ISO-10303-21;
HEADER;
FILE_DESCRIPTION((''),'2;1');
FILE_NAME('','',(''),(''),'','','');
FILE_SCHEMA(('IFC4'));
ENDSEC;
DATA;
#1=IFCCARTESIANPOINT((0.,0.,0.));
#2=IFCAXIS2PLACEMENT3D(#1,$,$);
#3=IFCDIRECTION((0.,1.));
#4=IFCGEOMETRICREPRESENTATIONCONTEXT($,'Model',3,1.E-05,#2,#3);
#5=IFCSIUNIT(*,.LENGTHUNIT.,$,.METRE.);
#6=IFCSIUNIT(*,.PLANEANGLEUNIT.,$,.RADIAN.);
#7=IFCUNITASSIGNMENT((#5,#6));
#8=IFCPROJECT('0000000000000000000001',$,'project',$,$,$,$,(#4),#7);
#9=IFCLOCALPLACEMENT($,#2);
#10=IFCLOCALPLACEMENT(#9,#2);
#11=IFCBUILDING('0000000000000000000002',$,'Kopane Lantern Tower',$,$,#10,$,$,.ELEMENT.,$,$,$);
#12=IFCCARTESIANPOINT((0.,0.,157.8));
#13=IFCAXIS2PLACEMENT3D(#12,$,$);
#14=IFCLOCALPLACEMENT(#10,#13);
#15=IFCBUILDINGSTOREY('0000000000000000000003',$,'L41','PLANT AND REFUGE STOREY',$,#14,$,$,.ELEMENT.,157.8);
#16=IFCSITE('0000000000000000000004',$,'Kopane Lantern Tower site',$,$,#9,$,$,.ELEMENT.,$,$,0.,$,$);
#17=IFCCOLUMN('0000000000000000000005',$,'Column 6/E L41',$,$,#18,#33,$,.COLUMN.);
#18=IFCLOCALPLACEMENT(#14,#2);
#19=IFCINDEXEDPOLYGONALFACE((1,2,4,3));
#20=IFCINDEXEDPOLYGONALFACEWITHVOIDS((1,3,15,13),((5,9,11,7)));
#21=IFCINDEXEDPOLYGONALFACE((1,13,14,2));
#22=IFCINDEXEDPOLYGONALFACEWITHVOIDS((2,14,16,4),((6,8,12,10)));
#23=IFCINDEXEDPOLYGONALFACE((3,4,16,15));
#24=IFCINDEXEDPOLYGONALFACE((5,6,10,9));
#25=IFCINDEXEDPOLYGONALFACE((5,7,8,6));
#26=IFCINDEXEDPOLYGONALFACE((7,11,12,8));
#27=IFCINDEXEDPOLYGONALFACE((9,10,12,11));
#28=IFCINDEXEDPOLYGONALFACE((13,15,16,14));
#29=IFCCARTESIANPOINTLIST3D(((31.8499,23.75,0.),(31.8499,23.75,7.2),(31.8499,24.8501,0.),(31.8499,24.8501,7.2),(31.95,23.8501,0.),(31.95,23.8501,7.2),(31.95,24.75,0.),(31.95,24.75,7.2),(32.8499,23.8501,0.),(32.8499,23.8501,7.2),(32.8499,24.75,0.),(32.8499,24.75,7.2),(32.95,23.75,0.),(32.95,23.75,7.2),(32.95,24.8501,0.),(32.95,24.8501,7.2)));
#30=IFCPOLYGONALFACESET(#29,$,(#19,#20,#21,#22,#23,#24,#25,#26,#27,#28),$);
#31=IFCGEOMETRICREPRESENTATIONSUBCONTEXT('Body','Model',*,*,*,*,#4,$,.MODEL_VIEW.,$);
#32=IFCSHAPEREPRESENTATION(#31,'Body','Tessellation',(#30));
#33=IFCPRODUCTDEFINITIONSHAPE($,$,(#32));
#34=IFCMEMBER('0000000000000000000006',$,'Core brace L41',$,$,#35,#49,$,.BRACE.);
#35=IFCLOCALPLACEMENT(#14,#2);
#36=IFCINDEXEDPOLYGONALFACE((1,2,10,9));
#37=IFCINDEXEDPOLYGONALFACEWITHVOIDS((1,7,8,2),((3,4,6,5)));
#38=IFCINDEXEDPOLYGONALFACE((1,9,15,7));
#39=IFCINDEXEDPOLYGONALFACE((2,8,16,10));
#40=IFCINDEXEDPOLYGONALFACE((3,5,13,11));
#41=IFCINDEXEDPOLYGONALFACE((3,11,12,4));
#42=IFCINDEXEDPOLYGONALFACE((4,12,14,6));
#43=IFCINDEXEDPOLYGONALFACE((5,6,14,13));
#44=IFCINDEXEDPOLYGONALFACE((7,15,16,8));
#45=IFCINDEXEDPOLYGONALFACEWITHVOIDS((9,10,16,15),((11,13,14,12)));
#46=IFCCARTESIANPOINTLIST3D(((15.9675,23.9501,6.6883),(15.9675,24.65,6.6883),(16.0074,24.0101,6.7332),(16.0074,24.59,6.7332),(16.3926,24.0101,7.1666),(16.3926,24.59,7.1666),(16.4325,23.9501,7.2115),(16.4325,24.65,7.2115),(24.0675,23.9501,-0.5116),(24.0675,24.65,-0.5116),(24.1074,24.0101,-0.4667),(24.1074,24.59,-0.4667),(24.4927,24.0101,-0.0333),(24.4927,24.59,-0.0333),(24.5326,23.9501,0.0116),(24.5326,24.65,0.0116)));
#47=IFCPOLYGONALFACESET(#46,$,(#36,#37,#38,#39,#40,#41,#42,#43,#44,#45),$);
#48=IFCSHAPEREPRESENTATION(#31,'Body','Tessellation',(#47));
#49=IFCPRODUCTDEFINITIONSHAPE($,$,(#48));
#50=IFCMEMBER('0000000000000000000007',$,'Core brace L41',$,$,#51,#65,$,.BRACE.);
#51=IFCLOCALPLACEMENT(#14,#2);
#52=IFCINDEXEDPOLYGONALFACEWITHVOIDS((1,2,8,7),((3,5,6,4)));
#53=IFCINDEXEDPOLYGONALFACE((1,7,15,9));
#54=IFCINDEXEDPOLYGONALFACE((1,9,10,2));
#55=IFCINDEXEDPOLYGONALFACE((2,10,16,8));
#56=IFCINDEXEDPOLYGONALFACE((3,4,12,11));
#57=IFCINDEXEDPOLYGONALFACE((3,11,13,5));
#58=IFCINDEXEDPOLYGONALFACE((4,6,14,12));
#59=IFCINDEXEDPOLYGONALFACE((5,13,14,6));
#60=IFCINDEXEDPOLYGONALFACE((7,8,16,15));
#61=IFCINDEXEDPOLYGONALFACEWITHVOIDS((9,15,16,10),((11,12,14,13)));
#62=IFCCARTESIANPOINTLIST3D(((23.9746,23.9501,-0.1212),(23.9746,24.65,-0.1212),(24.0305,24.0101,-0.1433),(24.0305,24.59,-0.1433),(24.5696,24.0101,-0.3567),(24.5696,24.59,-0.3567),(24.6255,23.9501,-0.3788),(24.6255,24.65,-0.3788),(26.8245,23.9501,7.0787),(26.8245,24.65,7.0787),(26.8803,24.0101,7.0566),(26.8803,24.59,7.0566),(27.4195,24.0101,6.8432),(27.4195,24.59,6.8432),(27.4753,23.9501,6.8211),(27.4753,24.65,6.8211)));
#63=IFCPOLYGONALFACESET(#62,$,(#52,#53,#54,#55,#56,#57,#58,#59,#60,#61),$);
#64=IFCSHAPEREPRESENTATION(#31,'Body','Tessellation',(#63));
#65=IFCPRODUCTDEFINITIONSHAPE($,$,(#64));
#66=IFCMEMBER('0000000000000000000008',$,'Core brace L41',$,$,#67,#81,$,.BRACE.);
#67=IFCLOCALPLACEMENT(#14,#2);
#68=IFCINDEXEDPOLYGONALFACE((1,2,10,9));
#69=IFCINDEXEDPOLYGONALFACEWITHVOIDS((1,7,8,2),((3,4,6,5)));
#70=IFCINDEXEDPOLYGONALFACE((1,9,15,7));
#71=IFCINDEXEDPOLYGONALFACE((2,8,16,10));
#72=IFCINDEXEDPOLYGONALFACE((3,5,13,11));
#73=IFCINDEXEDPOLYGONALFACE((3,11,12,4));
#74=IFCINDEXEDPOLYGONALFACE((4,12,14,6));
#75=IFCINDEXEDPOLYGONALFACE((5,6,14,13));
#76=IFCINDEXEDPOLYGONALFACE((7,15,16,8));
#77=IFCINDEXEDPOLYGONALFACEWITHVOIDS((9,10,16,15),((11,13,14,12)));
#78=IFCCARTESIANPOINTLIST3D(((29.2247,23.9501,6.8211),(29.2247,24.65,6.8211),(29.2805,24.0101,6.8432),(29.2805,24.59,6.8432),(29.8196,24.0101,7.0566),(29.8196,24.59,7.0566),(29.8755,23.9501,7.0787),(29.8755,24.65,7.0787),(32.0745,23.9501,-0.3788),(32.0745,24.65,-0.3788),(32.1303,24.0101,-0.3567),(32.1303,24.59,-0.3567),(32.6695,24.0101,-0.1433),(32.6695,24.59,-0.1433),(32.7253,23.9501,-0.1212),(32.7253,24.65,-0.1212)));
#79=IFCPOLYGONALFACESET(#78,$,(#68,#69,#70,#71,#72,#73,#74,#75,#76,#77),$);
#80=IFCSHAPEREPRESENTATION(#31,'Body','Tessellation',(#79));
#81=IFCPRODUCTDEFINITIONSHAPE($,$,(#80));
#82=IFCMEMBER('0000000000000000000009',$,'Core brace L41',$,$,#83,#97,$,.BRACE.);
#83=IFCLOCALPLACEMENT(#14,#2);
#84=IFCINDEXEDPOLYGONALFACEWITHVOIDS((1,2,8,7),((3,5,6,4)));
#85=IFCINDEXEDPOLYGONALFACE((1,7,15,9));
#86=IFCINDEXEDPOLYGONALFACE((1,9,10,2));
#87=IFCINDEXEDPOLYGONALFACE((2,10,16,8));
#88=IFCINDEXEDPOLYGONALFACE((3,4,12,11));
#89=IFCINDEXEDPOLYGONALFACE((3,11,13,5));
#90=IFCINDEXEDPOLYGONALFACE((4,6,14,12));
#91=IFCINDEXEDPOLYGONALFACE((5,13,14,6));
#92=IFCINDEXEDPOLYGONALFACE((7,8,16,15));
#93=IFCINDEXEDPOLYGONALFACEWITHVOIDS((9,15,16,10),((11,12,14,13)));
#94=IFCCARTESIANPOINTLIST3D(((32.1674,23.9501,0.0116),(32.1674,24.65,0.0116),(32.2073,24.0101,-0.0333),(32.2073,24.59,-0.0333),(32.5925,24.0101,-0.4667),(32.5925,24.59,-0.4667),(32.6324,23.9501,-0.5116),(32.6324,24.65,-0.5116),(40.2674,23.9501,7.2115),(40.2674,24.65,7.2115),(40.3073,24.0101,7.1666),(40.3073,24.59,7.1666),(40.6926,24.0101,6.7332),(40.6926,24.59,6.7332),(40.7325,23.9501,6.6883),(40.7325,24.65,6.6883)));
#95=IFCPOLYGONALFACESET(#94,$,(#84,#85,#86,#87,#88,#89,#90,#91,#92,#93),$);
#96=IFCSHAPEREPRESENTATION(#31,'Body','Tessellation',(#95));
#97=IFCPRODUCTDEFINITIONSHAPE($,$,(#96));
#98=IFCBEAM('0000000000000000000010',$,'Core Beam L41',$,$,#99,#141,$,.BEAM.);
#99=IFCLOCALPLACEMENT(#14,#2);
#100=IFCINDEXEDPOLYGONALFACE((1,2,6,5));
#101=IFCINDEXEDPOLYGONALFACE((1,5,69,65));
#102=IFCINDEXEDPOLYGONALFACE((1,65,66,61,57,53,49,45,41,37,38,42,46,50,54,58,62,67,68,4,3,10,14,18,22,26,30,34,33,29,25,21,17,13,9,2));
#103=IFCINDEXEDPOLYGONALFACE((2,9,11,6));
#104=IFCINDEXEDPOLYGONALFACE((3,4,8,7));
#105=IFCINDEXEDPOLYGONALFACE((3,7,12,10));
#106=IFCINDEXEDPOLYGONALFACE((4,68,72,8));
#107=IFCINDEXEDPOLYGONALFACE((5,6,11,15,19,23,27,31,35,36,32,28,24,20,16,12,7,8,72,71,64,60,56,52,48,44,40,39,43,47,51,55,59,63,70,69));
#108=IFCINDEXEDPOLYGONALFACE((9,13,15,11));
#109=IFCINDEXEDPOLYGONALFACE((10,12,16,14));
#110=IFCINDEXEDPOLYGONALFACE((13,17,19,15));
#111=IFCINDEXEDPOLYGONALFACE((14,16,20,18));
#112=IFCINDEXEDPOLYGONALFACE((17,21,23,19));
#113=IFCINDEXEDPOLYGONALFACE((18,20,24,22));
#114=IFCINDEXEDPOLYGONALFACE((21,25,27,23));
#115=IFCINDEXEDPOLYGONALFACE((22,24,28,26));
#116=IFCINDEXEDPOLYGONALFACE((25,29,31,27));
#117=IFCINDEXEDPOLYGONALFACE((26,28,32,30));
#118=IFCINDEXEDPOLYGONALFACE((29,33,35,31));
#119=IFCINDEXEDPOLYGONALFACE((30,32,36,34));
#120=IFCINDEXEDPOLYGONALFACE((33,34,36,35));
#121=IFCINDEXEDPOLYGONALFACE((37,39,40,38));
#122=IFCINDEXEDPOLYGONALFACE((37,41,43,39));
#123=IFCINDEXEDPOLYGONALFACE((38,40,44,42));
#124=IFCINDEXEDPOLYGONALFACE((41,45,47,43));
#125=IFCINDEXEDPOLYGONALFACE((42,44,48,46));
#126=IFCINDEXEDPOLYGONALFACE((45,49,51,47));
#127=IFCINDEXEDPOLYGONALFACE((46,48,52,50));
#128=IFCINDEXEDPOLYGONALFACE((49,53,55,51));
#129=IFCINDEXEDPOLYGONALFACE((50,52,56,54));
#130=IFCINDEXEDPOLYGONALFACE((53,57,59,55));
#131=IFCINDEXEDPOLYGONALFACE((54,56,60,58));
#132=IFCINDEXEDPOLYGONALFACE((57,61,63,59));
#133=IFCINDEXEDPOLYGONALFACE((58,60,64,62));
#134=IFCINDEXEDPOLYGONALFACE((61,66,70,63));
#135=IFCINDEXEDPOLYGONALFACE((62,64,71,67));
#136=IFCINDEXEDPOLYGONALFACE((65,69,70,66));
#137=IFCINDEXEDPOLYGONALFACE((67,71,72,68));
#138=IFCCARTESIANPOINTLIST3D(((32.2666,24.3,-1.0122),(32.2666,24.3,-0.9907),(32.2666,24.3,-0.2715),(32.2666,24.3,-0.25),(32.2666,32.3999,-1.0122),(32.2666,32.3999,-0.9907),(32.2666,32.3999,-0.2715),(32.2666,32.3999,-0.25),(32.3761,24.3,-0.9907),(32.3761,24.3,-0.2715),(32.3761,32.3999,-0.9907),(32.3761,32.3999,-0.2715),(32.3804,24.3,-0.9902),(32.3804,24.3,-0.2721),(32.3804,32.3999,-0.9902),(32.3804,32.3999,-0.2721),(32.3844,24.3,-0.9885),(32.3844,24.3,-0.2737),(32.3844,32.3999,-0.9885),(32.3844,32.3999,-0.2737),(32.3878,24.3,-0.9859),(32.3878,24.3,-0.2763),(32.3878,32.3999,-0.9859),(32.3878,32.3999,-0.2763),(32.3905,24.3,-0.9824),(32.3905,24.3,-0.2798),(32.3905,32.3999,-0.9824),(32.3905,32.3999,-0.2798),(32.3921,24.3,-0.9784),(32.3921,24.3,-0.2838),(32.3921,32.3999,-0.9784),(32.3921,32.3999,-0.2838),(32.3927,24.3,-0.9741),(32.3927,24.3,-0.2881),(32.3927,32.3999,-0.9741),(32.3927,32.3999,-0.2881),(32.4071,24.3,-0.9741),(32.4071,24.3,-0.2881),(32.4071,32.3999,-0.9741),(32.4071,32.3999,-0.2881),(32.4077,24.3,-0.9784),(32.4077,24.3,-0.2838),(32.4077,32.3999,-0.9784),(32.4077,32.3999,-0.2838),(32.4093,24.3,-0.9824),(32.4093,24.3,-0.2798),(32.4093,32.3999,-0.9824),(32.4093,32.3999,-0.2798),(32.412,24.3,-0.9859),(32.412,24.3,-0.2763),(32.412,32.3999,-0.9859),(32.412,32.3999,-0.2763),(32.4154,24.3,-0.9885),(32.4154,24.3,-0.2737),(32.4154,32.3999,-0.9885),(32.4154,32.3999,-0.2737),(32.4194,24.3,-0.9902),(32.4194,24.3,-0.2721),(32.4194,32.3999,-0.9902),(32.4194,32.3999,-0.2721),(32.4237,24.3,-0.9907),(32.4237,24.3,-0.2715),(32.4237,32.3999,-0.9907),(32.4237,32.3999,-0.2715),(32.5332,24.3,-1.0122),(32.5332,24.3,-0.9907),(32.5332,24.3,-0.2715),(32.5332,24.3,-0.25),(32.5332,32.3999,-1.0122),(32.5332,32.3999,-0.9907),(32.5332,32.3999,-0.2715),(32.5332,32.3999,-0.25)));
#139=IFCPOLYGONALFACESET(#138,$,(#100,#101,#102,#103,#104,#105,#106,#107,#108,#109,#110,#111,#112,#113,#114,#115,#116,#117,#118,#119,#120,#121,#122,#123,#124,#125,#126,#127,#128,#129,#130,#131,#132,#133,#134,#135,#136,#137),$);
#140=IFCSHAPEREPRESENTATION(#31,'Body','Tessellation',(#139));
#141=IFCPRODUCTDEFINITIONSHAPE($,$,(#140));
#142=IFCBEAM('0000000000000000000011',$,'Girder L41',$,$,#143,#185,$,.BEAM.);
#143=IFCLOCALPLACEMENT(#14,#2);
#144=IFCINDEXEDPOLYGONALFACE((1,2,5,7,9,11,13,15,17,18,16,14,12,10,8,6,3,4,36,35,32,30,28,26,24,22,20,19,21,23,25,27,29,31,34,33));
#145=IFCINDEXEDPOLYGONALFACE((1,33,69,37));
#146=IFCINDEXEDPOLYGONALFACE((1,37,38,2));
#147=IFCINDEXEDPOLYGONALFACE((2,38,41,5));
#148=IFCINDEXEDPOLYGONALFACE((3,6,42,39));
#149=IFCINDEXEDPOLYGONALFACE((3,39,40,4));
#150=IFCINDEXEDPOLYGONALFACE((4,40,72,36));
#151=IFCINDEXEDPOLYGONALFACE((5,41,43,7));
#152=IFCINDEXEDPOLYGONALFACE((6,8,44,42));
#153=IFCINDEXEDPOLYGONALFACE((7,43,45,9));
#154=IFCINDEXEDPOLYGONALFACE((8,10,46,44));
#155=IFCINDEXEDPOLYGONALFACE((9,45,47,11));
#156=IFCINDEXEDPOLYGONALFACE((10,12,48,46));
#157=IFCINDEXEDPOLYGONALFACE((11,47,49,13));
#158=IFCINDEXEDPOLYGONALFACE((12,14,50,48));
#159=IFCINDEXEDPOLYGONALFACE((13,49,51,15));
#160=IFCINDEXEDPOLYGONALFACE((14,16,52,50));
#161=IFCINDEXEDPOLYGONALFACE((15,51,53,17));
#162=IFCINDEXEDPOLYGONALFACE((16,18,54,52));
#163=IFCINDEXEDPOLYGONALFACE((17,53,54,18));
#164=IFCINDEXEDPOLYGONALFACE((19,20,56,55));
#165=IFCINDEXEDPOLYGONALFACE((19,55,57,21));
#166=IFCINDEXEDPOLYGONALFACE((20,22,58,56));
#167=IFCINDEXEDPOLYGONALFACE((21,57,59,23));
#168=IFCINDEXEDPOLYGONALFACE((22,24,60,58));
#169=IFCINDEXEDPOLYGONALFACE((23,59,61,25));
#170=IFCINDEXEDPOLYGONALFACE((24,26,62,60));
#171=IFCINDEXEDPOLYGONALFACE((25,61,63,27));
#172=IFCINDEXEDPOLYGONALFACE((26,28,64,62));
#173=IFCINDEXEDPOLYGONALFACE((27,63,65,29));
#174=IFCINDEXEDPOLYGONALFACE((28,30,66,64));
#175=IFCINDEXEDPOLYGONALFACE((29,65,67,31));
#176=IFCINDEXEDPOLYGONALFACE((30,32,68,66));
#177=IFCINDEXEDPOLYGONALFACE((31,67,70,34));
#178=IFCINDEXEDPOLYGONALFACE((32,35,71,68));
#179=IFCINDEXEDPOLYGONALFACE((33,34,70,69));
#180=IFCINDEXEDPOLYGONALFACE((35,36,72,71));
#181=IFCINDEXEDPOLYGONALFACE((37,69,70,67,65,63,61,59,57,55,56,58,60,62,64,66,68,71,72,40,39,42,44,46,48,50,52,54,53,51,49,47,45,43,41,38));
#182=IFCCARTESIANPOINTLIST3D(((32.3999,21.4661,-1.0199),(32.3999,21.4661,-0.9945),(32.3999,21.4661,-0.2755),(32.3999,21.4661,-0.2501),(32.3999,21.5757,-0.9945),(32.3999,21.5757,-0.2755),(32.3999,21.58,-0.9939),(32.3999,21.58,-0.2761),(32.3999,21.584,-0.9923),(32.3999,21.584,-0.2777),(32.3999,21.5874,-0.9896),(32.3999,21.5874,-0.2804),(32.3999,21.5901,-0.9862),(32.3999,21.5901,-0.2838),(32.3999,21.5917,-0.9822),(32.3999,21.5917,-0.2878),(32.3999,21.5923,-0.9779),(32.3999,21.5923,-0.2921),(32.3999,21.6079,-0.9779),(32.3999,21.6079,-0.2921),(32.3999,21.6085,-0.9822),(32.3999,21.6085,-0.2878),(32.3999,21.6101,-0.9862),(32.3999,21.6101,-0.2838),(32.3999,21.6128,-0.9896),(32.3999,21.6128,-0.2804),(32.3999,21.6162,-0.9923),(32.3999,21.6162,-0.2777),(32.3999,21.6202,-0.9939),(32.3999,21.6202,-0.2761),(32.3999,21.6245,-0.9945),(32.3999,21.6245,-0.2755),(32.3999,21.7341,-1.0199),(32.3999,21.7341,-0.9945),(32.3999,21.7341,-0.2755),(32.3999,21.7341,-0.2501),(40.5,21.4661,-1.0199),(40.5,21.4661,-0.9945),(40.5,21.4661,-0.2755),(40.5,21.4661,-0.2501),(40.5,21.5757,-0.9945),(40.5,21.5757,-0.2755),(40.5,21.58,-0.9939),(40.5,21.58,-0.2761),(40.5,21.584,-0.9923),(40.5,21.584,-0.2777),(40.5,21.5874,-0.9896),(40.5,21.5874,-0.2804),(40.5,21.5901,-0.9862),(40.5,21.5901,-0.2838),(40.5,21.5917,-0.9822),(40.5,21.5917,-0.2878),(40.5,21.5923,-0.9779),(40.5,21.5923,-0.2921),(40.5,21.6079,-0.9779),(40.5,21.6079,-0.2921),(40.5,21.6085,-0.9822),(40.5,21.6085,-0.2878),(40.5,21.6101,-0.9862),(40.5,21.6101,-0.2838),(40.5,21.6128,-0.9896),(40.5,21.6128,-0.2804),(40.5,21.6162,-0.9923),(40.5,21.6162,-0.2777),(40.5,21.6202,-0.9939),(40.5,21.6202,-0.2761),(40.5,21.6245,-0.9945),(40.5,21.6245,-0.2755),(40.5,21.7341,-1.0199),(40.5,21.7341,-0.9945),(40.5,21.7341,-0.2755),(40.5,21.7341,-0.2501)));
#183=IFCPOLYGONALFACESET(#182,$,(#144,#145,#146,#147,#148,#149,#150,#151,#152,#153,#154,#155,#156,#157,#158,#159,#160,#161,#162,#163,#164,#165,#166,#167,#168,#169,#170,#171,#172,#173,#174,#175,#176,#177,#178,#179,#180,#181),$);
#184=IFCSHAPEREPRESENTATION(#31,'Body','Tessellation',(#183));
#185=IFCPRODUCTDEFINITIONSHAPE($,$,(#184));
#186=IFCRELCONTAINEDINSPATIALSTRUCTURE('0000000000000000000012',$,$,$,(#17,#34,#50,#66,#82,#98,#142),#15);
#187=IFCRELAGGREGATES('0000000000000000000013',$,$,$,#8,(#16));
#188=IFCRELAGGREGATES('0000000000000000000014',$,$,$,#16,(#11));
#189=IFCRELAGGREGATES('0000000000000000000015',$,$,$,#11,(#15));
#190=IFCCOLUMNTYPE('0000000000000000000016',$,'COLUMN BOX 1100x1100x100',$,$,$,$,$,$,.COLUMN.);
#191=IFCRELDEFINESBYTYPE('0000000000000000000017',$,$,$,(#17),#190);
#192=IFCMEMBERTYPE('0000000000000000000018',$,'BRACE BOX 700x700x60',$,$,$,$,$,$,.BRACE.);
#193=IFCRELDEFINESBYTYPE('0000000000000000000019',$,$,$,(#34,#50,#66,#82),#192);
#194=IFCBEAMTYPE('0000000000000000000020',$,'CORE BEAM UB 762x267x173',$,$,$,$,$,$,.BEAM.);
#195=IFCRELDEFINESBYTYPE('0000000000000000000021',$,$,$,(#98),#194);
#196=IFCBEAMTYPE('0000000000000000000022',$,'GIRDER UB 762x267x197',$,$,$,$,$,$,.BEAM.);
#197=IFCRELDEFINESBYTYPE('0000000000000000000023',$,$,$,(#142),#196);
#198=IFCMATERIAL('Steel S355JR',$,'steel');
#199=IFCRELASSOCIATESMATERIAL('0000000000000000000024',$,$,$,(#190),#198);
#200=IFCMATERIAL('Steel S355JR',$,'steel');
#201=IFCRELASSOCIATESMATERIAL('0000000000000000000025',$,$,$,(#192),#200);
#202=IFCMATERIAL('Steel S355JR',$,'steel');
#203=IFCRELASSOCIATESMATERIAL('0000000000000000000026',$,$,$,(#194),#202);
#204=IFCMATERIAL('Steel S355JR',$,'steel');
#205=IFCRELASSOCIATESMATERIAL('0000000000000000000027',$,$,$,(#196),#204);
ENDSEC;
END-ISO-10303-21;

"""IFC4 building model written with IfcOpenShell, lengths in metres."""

from ifc_helpers import new_model, si_unit, direction, frame, origin, origin_2d, place, context, subcontext, project, spatial, hollow_rectangle, i_section, extrude, material, material_profile, profile_set, type_object, element, save


model = new_model("IFC4")

# Units and contexts
model_context = context("Model", 3, precision=1e-05, world=origin(), true_north=direction((0.0, 1.0)))
body_context = subcontext(model_context, "Body", "Model", "MODEL_VIEW")
ifc_project = project(units=[si_unit("LENGTHUNIT", "METRE"), si_unit("PLANEANGLEUNIT", "RADIAN")], contexts=[model_context])

# Site, building, storey
site_placement = place(None, origin())
site = spatial("IfcSite", under=ifc_project, at=site_placement, Name="Kopane Lantern Tower site", CompositionType="ELEMENT", RefElevation=0.0)
building_placement = place(site_placement, origin())
building = spatial("IfcBuilding", under=site, at=building_placement, Name="Kopane Lantern Tower", CompositionType="ELEMENT")
storey_placement = place(building_placement, frame((0.0, 0.0, 157.8)))
storey = spatial("IfcBuildingStorey", under=building, at=storey_placement, Name="L41", Description="PLANT AND REFUGE STOREY", CompositionType="ELEMENT", Elevation=157.8)

# Column
ifc_material_1 = material(Name="Steel S355JR", Category="steel")
ifc_material_profile_1 = material_profile(ifc_material_1, hollow_rectangle(XDim=1.1001, YDim=1.1001, WallThickness=0.1001, at=origin_2d()), Name="BOX 1100x1100x100")
ifc_profile_set_1 = profile_set([ifc_material_profile_1], Name="Steel S355JR")
column_type = type_object("IfcColumnType", Name="COLUMN BOX 1100x1100x100", PredefinedType="COLUMN", material=ifc_profile_set_1)
column_placement = place(storey_placement, frame((32.3999, 24.3, 0.0), z_axis=(0.0, 0.0, 1.0), x_axis=(1.0, 0.0, 0.0)))
element("IfcColumn", 1, at=column_placement, inside=storey, type_object=column_type, Name="Column 6/E L41", PredefinedType="COLUMN", context=body_context, shape_type="SweptSolid", body=[
    extrude(hollow_rectangle(XDim=1.1001, YDim=1.1001, WallThickness=0.1001, at=origin_2d()), origin(), (0.0, 0.0, 1.0), 7.2),
])

# Members
ifc_material_2 = material(Name="Steel S355JR", Category="steel")
ifc_material_profile_2 = material_profile(ifc_material_2, hollow_rectangle(XDim=0.7, YDim=0.7, WallThickness=0.0601, at=origin_2d()), Name="BOX 700x700x60")
ifc_profile_set_2 = profile_set([ifc_material_profile_2], Name="Steel S355JR")
member_type_1 = type_object("IfcMemberType", Name="BRACE BOX 700x700x60", PredefinedType="BRACE", material=ifc_profile_set_2)
member_1_placement = place(storey_placement, frame((24.3, 24.3, -0.25), z_axis=(-0.747416, 0.0, 0.664357), x_axis=(0.0, -1.0, 0.0)))
element("IfcMember", 2, at=member_1_placement, inside=storey, type_object=member_type_1, Name="Core brace L41", PredefinedType="BRACE", context=body_context, shape_type="SweptSolid", body=[
    extrude(hollow_rectangle(XDim=0.7, YDim=0.7, WallThickness=0.0601, at=origin_2d()), origin(), (0.0, 0.0, 1.0), 10.8374),
])
for number, where, z_axis, x_axis, name in (
    (3, (24.3, 24.3, -0.25), (0.368034, 0.0, 0.929812), (0.0, 1.0, 0.0), "Core brace L41"),
    (4, (32.3999, 24.3, -0.25), (-0.368034, 0.0, 0.929812), (0.0, -1.0, 0.0), "Core brace L41"),
):
    element("IfcMember", number, at=place(storey_placement, frame(where, z_axis=z_axis, x_axis=x_axis)), inside=storey, type_object=member_type_1, Name=name, PredefinedType="BRACE", context=body_context, shape_type="SweptSolid", body=[
        extrude(hollow_rectangle(XDim=0.7, YDim=0.7, WallThickness=0.0601, at=origin_2d()), origin(), (0.0, 0.0, 1.0), 7.7434),
    ])
member_2_placement = place(storey_placement, frame((32.3999, 24.3, -0.25), z_axis=(0.747416, 0.0, 0.664357), x_axis=(0.0, 1.0, 0.0)))
element("IfcMember", 5, at=member_2_placement, inside=storey, type_object=member_type_1, Name="Core brace L41", PredefinedType="BRACE", context=body_context, shape_type="SweptSolid", body=[
    extrude(hollow_rectangle(XDim=0.7, YDim=0.7, WallThickness=0.0601, at=origin_2d()), origin(), (0.0, 0.0, 1.0), 10.8374),
])

# Beams
ifc_material_3 = material(Name="Steel S355JR", Category="steel")
ifc_material_profile_3 = material_profile(ifc_material_3, i_section(OverallWidth=0.2666, OverallDepth=0.7622, WebThickness=0.0144, FlangeThickness=0.0215, FilletRadius=0.0166, at=origin_2d()), Name="UB 762x267x173")
ifc_profile_set_3 = profile_set([ifc_material_profile_3], Name="Steel S355JR")
beam_type_1 = type_object("IfcBeamType", Name="CORE BEAM UB 762x267x173", PredefinedType="BEAM", material=ifc_profile_set_3)
beam_1_placement = place(storey_placement, frame((32.3999, 24.3, -0.6311), z_axis=(0.0, 1.0, 0.0), x_axis=(-1.0, 0.0, 0.0)))
element("IfcBeam", 6, at=beam_1_placement, inside=storey, type_object=beam_type_1, Name="Core Beam L41", PredefinedType="BEAM", context=body_context, shape_type="SweptSolid", body=[
    extrude(i_section(OverallWidth=0.2666, OverallDepth=0.7622, WebThickness=0.0144, FlangeThickness=0.0215, FilletRadius=0.0166, at=origin_2d()), origin(), (0.0, 0.0, 1.0), 8.0999),
])
ifc_material_4 = material(Name="Steel S355JR", Category="steel")
ifc_material_profile_4 = material_profile(ifc_material_4, i_section(OverallWidth=0.2681, OverallDepth=0.7698, WebThickness=0.0156, FlangeThickness=0.0254, FilletRadius=0.0166, at=origin_2d()), Name="UB 762x267x197")
ifc_profile_set_4 = profile_set([ifc_material_profile_4], Name="Steel S355JR")
beam_type_2 = type_object("IfcBeamType", Name="GIRDER UB 762x267x197", PredefinedType="BEAM", material=ifc_profile_set_4)
for number, where, z_axis, x_axis, name in (
    (7, (32.3999, 21.6001, -0.635), (1.0, 0.0, 0.0), (0.0, 1.0, 0.0), "Girder L41"),
):
    element("IfcBeam", number, at=place(storey_placement, frame(where, z_axis=z_axis, x_axis=x_axis)), inside=storey, type_object=beam_type_2, Name=name, PredefinedType="BEAM", context=body_context, shape_type="SweptSolid", body=[
        extrude(i_section(OverallWidth=0.2681, OverallDepth=0.7698, WebThickness=0.0156, FlangeThickness=0.0254, FilletRadius=0.0166, at=origin_2d()), origin(), (0.0, 0.0, 1.0), 8.1001),
    ])

save(model, "model.ifc")
